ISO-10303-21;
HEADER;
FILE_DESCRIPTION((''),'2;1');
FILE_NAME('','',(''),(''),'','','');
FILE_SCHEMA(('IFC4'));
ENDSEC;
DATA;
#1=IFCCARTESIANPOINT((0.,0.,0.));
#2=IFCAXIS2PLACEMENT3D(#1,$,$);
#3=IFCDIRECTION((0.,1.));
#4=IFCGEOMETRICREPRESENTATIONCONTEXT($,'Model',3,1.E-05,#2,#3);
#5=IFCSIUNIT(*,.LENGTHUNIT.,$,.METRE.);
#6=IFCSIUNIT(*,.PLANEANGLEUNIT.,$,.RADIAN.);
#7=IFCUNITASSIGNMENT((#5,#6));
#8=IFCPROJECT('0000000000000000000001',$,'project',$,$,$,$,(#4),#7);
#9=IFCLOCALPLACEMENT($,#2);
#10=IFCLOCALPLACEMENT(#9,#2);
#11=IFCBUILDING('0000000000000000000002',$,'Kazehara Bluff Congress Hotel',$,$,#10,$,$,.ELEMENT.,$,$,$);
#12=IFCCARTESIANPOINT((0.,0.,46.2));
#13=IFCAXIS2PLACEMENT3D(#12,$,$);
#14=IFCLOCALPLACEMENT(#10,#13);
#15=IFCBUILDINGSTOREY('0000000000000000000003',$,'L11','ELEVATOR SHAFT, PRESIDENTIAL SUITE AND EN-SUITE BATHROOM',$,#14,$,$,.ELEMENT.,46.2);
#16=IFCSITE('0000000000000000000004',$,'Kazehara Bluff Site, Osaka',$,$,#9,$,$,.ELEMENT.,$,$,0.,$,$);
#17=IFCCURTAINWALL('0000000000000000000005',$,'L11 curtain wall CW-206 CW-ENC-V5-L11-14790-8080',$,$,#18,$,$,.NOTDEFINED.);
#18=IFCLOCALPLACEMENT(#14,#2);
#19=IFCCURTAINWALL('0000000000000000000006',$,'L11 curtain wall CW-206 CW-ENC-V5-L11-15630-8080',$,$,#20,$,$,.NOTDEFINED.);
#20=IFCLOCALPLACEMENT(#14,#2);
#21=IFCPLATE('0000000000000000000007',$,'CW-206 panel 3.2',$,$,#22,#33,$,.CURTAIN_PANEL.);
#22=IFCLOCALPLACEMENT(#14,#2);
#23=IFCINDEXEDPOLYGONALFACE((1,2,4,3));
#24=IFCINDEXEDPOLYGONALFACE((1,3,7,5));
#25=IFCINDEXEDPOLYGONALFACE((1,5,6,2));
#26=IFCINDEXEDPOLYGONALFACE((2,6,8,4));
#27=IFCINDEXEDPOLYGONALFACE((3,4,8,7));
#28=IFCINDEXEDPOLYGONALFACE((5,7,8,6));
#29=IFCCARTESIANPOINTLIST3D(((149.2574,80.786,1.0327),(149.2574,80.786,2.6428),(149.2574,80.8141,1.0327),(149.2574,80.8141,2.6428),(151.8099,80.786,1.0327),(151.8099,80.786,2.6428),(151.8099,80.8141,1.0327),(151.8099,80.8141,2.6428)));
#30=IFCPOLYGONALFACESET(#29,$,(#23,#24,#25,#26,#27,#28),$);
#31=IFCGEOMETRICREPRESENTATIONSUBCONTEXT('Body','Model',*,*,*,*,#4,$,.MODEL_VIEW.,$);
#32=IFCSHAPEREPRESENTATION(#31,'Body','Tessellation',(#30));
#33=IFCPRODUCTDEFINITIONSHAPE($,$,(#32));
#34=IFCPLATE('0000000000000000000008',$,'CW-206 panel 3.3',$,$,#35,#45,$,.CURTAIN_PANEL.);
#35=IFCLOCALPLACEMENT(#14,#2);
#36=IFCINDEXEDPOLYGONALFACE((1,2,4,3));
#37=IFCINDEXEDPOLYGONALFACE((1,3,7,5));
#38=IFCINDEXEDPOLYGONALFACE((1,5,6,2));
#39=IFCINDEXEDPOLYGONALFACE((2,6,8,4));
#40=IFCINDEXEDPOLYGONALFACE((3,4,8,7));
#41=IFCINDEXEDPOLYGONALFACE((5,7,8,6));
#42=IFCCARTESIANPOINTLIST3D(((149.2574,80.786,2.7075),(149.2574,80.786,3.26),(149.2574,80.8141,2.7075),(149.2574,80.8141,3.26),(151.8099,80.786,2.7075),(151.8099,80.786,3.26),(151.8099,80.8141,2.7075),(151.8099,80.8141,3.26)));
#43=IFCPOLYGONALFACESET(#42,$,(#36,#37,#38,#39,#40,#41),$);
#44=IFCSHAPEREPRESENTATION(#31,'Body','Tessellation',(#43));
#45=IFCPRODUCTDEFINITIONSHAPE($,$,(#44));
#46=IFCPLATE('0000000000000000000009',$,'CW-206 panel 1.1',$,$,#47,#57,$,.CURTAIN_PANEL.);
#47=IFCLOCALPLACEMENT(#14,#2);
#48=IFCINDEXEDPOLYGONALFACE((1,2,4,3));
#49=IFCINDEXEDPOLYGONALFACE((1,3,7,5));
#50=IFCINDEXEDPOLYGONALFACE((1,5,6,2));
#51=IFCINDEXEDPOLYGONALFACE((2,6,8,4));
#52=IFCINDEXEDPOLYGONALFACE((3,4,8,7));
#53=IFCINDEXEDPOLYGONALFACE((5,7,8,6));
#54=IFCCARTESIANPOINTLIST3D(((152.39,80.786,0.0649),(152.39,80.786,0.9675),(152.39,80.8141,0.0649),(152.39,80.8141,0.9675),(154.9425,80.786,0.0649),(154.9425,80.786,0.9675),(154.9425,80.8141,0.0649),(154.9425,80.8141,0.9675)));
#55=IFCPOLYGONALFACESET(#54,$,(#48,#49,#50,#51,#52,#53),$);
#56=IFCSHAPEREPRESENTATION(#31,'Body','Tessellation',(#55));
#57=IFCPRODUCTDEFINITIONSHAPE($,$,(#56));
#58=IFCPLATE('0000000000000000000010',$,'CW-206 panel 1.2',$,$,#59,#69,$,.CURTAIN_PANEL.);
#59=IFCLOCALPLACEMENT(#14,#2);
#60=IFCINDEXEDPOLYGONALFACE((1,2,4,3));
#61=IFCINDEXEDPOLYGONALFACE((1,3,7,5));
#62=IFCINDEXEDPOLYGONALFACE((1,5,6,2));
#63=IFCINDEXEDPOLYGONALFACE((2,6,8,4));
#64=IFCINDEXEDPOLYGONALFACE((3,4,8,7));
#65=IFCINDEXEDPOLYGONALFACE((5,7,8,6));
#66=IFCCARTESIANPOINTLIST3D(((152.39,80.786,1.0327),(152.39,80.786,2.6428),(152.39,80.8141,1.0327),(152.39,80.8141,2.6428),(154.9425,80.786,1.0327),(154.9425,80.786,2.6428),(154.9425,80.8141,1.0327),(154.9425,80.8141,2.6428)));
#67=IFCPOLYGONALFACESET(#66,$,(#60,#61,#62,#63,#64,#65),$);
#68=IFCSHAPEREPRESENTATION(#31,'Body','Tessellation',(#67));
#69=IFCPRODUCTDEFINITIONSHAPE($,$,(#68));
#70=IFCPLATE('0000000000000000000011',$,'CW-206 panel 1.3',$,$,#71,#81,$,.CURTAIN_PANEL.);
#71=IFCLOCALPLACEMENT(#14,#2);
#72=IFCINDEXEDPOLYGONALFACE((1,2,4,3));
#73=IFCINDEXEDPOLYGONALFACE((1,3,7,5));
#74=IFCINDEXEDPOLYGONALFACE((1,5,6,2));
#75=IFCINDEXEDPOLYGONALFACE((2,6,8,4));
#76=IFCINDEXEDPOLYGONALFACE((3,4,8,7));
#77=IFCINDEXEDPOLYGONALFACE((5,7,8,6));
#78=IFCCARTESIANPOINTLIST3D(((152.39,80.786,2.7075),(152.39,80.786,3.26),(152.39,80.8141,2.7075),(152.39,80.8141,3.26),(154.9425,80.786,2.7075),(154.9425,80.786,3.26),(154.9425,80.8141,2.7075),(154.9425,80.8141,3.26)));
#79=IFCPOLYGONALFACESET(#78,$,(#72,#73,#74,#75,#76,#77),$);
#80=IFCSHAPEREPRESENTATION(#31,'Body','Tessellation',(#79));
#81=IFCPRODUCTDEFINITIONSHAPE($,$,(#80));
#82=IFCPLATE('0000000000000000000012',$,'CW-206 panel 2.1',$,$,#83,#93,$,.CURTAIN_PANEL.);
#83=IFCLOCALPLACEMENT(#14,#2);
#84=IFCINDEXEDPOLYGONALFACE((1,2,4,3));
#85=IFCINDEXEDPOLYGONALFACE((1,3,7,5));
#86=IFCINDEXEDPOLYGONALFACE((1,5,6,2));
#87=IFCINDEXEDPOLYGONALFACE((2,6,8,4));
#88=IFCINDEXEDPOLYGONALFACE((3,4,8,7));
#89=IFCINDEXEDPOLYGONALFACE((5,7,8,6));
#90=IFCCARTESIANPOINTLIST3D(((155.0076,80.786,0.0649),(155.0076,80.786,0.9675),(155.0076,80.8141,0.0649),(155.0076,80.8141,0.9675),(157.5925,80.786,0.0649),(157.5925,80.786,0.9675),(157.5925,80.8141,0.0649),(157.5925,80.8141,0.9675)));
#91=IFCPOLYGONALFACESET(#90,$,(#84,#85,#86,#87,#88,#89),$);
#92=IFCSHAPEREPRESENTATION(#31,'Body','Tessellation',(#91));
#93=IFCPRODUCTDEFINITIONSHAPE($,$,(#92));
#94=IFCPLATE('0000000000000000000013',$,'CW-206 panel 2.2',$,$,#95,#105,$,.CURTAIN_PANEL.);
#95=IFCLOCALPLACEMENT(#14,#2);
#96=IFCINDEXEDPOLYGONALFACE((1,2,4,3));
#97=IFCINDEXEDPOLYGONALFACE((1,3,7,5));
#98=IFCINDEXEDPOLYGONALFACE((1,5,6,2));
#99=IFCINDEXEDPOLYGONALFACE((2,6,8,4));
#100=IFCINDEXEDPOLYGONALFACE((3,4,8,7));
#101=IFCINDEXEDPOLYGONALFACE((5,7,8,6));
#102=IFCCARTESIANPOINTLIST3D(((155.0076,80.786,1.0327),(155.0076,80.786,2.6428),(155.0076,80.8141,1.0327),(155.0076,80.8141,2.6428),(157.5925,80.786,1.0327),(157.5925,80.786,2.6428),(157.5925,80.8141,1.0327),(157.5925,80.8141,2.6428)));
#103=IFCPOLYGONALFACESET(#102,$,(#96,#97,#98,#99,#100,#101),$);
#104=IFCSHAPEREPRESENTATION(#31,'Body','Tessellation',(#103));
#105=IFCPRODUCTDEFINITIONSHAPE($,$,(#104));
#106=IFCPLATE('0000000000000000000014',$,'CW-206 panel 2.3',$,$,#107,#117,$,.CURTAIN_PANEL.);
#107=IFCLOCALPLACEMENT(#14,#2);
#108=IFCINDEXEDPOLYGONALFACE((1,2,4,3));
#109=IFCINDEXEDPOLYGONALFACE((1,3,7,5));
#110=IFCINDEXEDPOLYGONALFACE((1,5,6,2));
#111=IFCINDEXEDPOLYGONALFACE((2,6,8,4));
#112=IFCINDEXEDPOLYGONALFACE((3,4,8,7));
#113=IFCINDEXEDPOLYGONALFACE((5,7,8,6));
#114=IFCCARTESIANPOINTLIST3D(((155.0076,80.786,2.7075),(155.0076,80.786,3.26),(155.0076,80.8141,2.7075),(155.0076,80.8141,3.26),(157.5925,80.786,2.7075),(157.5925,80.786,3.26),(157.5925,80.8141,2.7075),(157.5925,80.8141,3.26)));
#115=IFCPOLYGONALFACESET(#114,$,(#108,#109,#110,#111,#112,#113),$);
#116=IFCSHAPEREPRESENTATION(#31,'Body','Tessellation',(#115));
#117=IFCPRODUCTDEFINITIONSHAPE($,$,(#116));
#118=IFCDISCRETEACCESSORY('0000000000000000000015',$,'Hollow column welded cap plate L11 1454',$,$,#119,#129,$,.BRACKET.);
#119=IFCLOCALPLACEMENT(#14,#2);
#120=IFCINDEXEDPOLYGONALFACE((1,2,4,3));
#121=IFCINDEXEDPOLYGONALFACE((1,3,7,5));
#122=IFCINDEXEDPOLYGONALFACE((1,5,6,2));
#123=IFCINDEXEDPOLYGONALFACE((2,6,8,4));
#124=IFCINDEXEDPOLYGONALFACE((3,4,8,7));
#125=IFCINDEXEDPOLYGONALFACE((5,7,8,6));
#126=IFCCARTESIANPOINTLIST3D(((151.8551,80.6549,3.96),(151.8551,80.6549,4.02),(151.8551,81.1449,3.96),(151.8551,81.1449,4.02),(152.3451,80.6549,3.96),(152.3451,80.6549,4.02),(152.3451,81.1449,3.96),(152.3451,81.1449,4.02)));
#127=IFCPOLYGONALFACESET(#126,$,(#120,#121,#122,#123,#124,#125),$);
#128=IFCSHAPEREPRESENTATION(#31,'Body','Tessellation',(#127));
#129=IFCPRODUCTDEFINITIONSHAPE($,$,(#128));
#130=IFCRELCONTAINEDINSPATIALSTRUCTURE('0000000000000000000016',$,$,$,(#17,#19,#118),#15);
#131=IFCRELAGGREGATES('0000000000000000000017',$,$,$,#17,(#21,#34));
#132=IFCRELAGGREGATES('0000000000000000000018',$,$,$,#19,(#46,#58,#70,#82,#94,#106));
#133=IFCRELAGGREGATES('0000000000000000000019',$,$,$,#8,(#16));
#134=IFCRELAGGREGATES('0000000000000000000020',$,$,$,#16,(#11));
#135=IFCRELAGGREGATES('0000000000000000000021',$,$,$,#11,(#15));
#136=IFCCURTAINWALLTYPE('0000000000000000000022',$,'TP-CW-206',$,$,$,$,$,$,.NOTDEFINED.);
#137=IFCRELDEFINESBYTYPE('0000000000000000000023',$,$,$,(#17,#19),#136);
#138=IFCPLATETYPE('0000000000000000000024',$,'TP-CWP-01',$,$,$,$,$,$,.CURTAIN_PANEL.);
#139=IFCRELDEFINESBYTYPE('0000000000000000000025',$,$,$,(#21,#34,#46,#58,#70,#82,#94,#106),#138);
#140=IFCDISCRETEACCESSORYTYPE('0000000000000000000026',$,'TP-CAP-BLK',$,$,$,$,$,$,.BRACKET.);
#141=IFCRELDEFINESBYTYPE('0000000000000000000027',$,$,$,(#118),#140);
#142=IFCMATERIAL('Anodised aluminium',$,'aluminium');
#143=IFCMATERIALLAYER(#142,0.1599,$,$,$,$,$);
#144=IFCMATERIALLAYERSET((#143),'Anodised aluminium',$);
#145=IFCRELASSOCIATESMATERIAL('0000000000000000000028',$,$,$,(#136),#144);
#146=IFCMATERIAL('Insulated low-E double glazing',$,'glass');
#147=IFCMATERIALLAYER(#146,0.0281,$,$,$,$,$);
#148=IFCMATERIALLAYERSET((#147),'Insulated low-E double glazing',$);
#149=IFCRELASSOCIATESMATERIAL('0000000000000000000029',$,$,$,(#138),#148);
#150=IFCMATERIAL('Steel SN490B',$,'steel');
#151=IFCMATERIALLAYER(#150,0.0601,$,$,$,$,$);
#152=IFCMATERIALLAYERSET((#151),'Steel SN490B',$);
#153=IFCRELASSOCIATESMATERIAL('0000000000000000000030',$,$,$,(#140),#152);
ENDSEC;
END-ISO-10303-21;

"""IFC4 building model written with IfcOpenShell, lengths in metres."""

from ifc_helpers import new_model, si_unit, direction, frame, origin, origin_2d, place, context, subcontext, project, spatial, rectangle, extrude, material, layer, layer_set, type_object, element, aggregate, save


model = new_model("IFC4")

# Units and contexts
model_context = context("Model", 3, precision=1e-05, world=origin(), true_north=direction((0.0, 1.0)))
body_context = subcontext(model_context, "Body", "Model", "MODEL_VIEW")
ifc_project = project(units=[si_unit("LENGTHUNIT", "METRE"), si_unit("PLANEANGLEUNIT", "RADIAN")], contexts=[model_context])

# Site, building, storey
site_placement = place(None, origin())
site = spatial("IfcSite", under=ifc_project, at=site_placement, Name="Kazehara Bluff Site, Osaka", CompositionType="ELEMENT", RefElevation=0.0)
building_placement = place(site_placement, origin())
building = spatial("IfcBuilding", under=site, at=building_placement, Name="Kazehara Bluff Congress Hotel", CompositionType="ELEMENT")
storey_placement = place(building_placement, frame((0.0, 0.0, 46.2)))
storey = spatial("IfcBuildingStorey", under=building, at=storey_placement, Name="L11", Description="ELEVATOR SHAFT, PRESIDENTIAL SUITE AND EN-SUITE BATHROOM", CompositionType="ELEMENT", Elevation=46.2)

# Curtain wall
ifc_material_1 = material(Name="Anodised aluminium", Category="aluminium")
ifc_layer_1 = layer(ifc_material_1, 0.1599)
ifc_layer_set_1 = layer_set([ifc_layer_1], Name="Anodised aluminium")
curtain_wall_type = type_object("IfcCurtainWallType", Name="TP-CW-206", PredefinedType="NOTDEFINED", material=ifc_layer_set_1)
curtain_wall_1_placement = place(storey_placement, origin())
curtain_wall_1 = element("IfcCurtainWall", 1, at=curtain_wall_1_placement, inside=storey, type_object=curtain_wall_type, Name="L11 curtain wall CW-206 CW-ENC-V5-L11-14790-8080", PredefinedType="NOTDEFINED")

# Curtain wall
curtain_wall_2_placement = place(storey_placement, origin())
curtain_wall_2 = element("IfcCurtainWall", 2, at=curtain_wall_2_placement, inside=storey, type_object=curtain_wall_type, Name="L11 curtain wall CW-206 CW-ENC-V5-L11-15630-8080", PredefinedType="NOTDEFINED")

# Plates
ifc_material_2 = material(Name="Insulated low-E double glazing", Category="glass")
ifc_layer_2 = layer(ifc_material_2, 0.0281)
ifc_layer_set_2 = layer_set([ifc_layer_2], Name="Insulated low-E double glazing")
plate_type = type_object("IfcPlateType", Name="TP-CWP-01", PredefinedType="CURTAIN_PANEL", material=ifc_layer_set_2)
plate_1_placement = place(storey_placement, frame((150.5337, 80.8, 1.0327), z_axis=(0.0, 0.0, 1.0), x_axis=(1.0, 0.0, 0.0)))
plate_1 = element("IfcPlate", 3, at=plate_1_placement, type_object=plate_type, Name="CW-206 panel 3.2", PredefinedType="CURTAIN_PANEL", context=body_context, shape_type="SweptSolid", body=[
    extrude(rectangle(XDim=2.5525, YDim=0.0281, at=origin_2d()), origin(), (0.0, 0.0, 1.0), 1.6101),
])
plate_2_placement = place(storey_placement, frame((150.5337, 80.8, 2.7075), z_axis=(0.0, 0.0, 1.0), x_axis=(1.0, 0.0, 0.0)))
plate_2 = element("IfcPlate", 4, at=plate_2_placement, type_object=plate_type, Name="CW-206 panel 3.3", PredefinedType="CURTAIN_PANEL", context=body_context, shape_type="SweptSolid", body=[
    extrude(rectangle(XDim=2.5525, YDim=0.0281, at=origin_2d()), origin(), (0.0, 0.0, 1.0), 0.5525),
])
aggregate(curtain_wall_1, [plate_1, plate_2])
plate_3_placement = place(storey_placement, frame((153.6663, 80.8, 0.0649), z_axis=(0.0, 0.0, 1.0), x_axis=(1.0, 0.0, 0.0)))
plate_3 = element("IfcPlate", 5, at=plate_3_placement, type_object=plate_type, Name="CW-206 panel 1.1", PredefinedType="CURTAIN_PANEL", context=body_context, shape_type="SweptSolid", body=[
    extrude(rectangle(XDim=2.5525, YDim=0.0281, at=origin_2d()), origin(), (0.0, 0.0, 1.0), 0.9026),
])
plate_4_placement = place(storey_placement, frame((153.6663, 80.8, 1.0327), z_axis=(0.0, 0.0, 1.0), x_axis=(1.0, 0.0, 0.0)))
plate_4 = element("IfcPlate", 6, at=plate_4_placement, type_object=plate_type, Name="CW-206 panel 1.2", PredefinedType="CURTAIN_PANEL", context=body_context, shape_type="SweptSolid", body=[
    extrude(rectangle(XDim=2.5525, YDim=0.0281, at=origin_2d()), origin(), (0.0, 0.0, 1.0), 1.6101),
])
plate_5_placement = place(storey_placement, frame((153.6663, 80.8, 2.7075), z_axis=(0.0, 0.0, 1.0), x_axis=(1.0, 0.0, 0.0)))
plate_5 = element("IfcPlate", 7, at=plate_5_placement, type_object=plate_type, Name="CW-206 panel 1.3", PredefinedType="CURTAIN_PANEL", context=body_context, shape_type="SweptSolid", body=[
    extrude(rectangle(XDim=2.5525, YDim=0.0281, at=origin_2d()), origin(), (0.0, 0.0, 1.0), 0.5525),
])
plate_6_placement = place(storey_placement, frame((156.3, 80.8, 0.0649), z_axis=(0.0, 0.0, 1.0), x_axis=(1.0, 0.0, 0.0)))
plate_6 = element("IfcPlate", 8, at=plate_6_placement, type_object=plate_type, Name="CW-206 panel 2.1", PredefinedType="CURTAIN_PANEL", context=body_context, shape_type="SweptSolid", body=[
    extrude(rectangle(XDim=2.585, YDim=0.0281, at=origin_2d()), origin(), (0.0, 0.0, 1.0), 0.9026),
])
plate_7_placement = place(storey_placement, frame((156.3, 80.8, 1.0327), z_axis=(0.0, 0.0, 1.0), x_axis=(1.0, 0.0, 0.0)))
plate_7 = element("IfcPlate", 9, at=plate_7_placement, type_object=plate_type, Name="CW-206 panel 2.2", PredefinedType="CURTAIN_PANEL", context=body_context, shape_type="SweptSolid", body=[
    extrude(rectangle(XDim=2.585, YDim=0.0281, at=origin_2d()), origin(), (0.0, 0.0, 1.0), 1.6101),
])
plate_8_placement = place(storey_placement, frame((156.3, 80.8, 2.7075), z_axis=(0.0, 0.0, 1.0), x_axis=(1.0, 0.0, 0.0)))
plate_8 = element("IfcPlate", 10, at=plate_8_placement, type_object=plate_type, Name="CW-206 panel 2.3", PredefinedType="CURTAIN_PANEL", context=body_context, shape_type="SweptSolid", body=[
    extrude(rectangle(XDim=2.585, YDim=0.0281, at=origin_2d()), origin(), (0.0, 0.0, 1.0), 0.5525),
])
aggregate(curtain_wall_2, [plate_3, plate_4, plate_5, plate_6, plate_7, plate_8])

# Discrete accessory
ifc_material_3 = material(Name="Steel SN490B", Category="steel")
ifc_layer_3 = layer(ifc_material_3, 0.0601)
ifc_layer_set_3 = layer_set([ifc_layer_3], Name="Steel SN490B")
discrete_accessory_type = type_object("IfcDiscreteAccessoryType", Name="TP-CAP-BLK", PredefinedType="BRACKET", material=ifc_layer_set_3)
discrete_accessory_placement = place(storey_placement, frame((152.1001, 80.8999, 3.96), z_axis=(0.0, 0.0, 1.0), x_axis=(1.0, 0.0, 0.0)))
element("IfcDiscreteAccessory", 11, at=discrete_accessory_placement, inside=storey, type_object=discrete_accessory_type, Name="Hollow column welded cap plate L11 1454", PredefinedType="BRACKET", context=body_context, shape_type="SweptSolid", body=[
    extrude(rectangle(XDim=0.49, YDim=0.49, at=origin_2d()), origin(), (0.0, 0.0, 1.0), 0.0601),
])

save(model, "model.ifc")
